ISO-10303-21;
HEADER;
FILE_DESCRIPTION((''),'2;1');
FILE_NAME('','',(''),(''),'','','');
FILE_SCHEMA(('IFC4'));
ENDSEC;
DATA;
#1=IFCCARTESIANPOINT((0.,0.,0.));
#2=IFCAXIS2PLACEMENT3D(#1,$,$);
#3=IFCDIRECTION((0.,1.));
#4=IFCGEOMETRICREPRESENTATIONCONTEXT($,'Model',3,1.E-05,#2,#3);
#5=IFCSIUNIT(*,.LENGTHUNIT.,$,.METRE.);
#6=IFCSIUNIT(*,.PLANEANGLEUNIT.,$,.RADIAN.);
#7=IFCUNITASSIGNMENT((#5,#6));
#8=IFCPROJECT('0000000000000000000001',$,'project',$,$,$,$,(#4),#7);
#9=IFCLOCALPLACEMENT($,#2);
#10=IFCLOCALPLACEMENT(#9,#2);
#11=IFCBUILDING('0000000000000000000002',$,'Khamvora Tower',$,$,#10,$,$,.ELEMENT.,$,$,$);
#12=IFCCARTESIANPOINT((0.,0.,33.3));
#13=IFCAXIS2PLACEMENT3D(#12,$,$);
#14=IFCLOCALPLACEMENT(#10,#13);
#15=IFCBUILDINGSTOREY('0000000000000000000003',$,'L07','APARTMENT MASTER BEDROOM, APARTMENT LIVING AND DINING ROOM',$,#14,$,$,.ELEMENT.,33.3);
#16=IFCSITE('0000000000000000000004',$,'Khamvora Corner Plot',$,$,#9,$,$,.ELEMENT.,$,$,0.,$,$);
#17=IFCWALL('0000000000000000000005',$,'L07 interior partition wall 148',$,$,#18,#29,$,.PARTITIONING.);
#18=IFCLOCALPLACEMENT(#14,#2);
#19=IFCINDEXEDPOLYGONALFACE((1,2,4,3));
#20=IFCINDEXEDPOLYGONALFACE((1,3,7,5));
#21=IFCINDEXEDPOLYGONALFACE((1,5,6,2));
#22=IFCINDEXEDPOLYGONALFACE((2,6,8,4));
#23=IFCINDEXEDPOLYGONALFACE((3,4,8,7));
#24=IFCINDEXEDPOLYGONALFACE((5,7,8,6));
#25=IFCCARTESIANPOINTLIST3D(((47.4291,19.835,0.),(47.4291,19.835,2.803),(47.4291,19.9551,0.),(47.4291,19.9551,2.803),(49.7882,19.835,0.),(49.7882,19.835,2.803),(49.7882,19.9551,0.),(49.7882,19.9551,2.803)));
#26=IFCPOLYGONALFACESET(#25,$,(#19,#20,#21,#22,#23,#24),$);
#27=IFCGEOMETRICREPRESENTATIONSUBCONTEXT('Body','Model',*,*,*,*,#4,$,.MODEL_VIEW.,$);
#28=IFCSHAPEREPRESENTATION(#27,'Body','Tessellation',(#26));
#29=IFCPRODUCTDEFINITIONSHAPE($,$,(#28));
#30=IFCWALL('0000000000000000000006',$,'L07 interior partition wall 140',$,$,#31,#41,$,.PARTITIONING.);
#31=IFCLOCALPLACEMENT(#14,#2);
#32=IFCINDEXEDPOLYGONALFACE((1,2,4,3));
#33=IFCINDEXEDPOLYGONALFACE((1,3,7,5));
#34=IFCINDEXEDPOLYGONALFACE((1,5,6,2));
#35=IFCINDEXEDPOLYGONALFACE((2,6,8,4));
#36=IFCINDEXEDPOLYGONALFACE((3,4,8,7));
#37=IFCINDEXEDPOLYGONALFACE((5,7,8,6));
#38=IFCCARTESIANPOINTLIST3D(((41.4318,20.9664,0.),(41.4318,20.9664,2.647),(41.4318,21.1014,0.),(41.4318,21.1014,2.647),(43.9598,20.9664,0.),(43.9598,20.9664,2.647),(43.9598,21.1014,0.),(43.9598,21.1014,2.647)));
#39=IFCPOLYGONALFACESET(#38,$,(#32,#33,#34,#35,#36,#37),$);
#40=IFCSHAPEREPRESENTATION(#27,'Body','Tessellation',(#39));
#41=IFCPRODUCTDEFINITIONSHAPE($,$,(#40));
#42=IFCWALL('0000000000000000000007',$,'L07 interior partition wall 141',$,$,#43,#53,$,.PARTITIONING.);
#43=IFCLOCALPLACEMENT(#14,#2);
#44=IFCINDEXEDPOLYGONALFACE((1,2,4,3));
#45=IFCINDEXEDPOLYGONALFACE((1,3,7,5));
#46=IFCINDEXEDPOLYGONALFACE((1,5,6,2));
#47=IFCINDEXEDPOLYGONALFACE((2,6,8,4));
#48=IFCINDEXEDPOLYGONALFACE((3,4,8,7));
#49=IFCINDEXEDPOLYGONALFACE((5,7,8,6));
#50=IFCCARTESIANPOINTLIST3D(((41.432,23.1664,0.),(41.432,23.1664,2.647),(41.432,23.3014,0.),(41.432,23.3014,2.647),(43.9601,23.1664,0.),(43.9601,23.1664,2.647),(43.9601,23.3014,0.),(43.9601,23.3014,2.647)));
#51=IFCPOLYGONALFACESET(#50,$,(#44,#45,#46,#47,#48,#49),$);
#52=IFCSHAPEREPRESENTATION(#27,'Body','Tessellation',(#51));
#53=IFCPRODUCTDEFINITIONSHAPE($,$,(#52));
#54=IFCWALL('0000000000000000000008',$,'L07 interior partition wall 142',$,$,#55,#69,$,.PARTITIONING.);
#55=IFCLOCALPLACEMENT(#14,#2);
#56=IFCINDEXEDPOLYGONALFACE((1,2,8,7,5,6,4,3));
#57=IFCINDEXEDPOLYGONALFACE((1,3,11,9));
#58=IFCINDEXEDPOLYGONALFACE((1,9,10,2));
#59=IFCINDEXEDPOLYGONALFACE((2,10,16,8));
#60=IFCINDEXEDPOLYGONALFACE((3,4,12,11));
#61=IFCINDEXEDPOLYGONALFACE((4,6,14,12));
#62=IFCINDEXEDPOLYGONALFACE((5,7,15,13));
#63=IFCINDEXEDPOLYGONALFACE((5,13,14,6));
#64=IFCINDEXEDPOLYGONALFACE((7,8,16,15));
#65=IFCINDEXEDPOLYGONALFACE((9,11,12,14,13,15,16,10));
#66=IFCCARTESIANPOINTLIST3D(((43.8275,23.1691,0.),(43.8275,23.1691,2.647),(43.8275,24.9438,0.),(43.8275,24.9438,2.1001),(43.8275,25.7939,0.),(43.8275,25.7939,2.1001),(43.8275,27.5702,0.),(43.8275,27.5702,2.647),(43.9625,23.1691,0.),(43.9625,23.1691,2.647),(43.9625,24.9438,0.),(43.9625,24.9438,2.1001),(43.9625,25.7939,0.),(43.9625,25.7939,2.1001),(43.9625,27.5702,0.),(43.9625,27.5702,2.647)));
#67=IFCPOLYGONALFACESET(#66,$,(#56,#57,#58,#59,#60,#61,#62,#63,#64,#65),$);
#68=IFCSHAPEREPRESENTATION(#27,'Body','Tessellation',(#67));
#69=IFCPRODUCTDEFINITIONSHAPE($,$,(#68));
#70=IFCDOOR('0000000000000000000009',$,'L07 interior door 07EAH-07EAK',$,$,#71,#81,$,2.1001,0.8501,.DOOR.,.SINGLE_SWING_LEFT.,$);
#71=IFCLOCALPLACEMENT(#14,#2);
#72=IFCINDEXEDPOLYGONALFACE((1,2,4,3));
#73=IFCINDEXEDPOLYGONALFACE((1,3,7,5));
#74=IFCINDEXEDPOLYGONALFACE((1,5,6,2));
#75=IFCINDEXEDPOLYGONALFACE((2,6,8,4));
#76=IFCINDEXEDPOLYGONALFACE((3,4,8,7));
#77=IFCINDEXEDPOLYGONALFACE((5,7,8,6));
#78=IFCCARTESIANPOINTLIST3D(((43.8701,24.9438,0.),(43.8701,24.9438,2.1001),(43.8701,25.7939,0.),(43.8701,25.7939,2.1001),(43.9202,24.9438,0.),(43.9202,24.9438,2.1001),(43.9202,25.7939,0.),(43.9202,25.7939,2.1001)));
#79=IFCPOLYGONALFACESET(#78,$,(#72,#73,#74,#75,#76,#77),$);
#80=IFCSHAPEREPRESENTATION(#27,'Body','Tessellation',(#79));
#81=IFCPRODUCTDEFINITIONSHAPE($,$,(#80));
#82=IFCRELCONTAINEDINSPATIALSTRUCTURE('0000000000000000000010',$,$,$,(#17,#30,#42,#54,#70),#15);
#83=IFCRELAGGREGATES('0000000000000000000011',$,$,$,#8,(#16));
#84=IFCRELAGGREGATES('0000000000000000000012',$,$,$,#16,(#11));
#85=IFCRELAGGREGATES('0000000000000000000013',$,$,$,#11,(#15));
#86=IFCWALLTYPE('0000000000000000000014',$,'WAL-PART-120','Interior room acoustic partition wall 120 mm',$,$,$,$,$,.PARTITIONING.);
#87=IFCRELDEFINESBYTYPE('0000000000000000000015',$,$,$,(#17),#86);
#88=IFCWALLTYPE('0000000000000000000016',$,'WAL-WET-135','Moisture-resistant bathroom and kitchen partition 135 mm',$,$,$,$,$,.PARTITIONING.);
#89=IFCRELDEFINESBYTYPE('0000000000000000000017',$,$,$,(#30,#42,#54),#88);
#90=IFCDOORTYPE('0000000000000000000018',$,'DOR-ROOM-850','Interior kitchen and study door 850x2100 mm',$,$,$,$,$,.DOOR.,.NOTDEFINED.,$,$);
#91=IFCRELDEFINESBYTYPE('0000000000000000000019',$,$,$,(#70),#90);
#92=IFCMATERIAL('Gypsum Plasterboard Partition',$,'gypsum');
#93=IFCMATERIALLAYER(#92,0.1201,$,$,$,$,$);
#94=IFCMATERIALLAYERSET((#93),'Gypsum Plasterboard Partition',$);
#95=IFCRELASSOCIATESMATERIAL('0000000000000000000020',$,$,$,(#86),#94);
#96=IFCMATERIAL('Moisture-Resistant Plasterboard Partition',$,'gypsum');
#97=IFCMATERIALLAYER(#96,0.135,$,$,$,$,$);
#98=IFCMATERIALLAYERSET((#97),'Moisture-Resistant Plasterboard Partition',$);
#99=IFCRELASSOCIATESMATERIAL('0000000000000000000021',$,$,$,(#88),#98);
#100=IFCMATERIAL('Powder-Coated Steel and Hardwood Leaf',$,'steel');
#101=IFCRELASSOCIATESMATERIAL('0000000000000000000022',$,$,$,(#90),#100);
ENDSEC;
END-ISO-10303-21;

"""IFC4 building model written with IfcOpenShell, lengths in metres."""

from ifc_helpers import new_model, si_unit, direction, frame, frame_2d, origin, place, context, subcontext, project, spatial, rectangle, extrude, material, layer, layer_set, type_object, element, fill, save


model = new_model("IFC4")

# Units and contexts
model_context = context("Model", 3, precision=1e-05, world=origin(), true_north=direction((0.0, 1.0)))
body_context = subcontext(model_context, "Body", "Model", "MODEL_VIEW")
ifc_project = project(units=[si_unit("LENGTHUNIT", "METRE"), si_unit("PLANEANGLEUNIT", "RADIAN")], contexts=[model_context])

# Site, building, storey
site_placement = place(None, origin())
site = spatial("IfcSite", under=ifc_project, at=site_placement, Name="Khamvora Corner Plot", CompositionType="ELEMENT", RefElevation=0.0)
building_placement = place(site_placement, origin())
building = spatial("IfcBuilding", under=site, at=building_placement, Name="Khamvora Tower", CompositionType="ELEMENT")
storey_placement = place(building_placement, frame((0.0, 0.0, 33.3)))
storey = spatial("IfcBuildingStorey", under=building, at=storey_placement, Name="L07", Description="APARTMENT MASTER BEDROOM, APARTMENT LIVING AND DINING ROOM", CompositionType="ELEMENT", Elevation=33.3)

# Shared definitions
ifc_material_1 = material(Name="Gypsum Plasterboard Partition", Category="gypsum")
ifc_layer_1 = layer(ifc_material_1, 0.1201)
ifc_layer_set_1 = layer_set([ifc_layer_1], Name="Gypsum Plasterboard Partition")
wall_type_1 = type_object("IfcWallType", Name="WAL-PART-120", Description="Interior room acoustic partition wall 120 mm", PredefinedType="PARTITIONING", material=ifc_layer_set_1)
ifc_material_2 = material(Name="Powder-Coated Steel and Hardwood Leaf", Category="steel")

# Walls
wall_1_placement = place(storey_placement, frame((47.429, 19.895, 0.0), z_axis=(0.0, 0.0, 1.0), x_axis=(1.0, 0.0, 0.0)))
element("IfcWall", 1, at=wall_1_placement, inside=storey, type_object=wall_type_1, Name="L07 interior partition wall 148", PredefinedType="PARTITIONING", context=body_context, shape_type="SweptSolid", body=[
    extrude(rectangle(XDim=2.3591, YDim=0.1201, at=frame_2d((1.1797, 0.0))), origin(), (0.0, 0.0, 1.0), 2.803),
])
ifc_material_3 = material(Name="Moisture-Resistant Plasterboard Partition", Category="gypsum")
ifc_layer_2 = layer(ifc_material_3, 0.135)
ifc_layer_set_2 = layer_set([ifc_layer_2], Name="Moisture-Resistant Plasterboard Partition")
wall_type_2 = type_object("IfcWallType", Name="WAL-WET-135", Description="Moisture-resistant bathroom and kitchen partition 135 mm", PredefinedType="PARTITIONING", material=ifc_layer_set_2)
for number, where, z_axis, x_axis, name in (
    (2, (43.96, 21.0339, 0.0), (0.0, 0.0, 1.0), (-1.0, 0.0, 0.0), "L07 interior partition wall 140"),
    (3, (41.4319, 23.2339, 0.0), (0.0, 0.0, 1.0), (1.0, 0.0, 0.0), "L07 interior partition wall 141"),
):
    element("IfcWall", number, at=place(storey_placement, frame(where, z_axis=z_axis, x_axis=x_axis)), inside=storey, type_object=wall_type_2, Name=name, PredefinedType="PARTITIONING", context=body_context, shape_type="SweptSolid", body=[
        extrude(rectangle(XDim=2.5281, YDim=0.135, at=frame_2d((1.2642, 0.0))), origin(), (0.0, 0.0, 1.0), 2.647),
    ])

# Wall, opening, door
wall_2_placement = place(storey_placement, frame((43.895, 23.1689, 0.0), z_axis=(0.0, 0.0, 1.0), x_axis=(0.0, 1.0, 0.0)))
wall_2 = element("IfcWall", 4, at=wall_2_placement, inside=storey, type_object=wall_type_2, Name="L07 interior partition wall 142", PredefinedType="PARTITIONING", context=body_context, shape_type="SweptSolid", body=[
    extrude(rectangle(XDim=4.4011, YDim=0.135, at=frame_2d((2.2007, 0.0))), origin(), (0.0, 0.0, 1.0), 2.647),
])
opening_1_placement = place(wall_2_placement, frame((1.7749, 0.0, 0.0)))
opening_1 = element("IfcOpeningElement", 5, at=opening_1_placement, cuts=wall_2, PredefinedType="OPENING", context=body_context, shape_type="SweptSolid", body=[
    extrude(rectangle(XDim=0.8501, YDim=2.1001, at=frame_2d((0.425, 1.05))), frame((0.0, 0.0774, 0.0), z_axis=(0.0, -1.0, 0.0), x_axis=(1.0, 0.0, 0.0)), (0.0, 0.0, 1.0), 0.155),
])
door_type_1 = type_object("IfcDoorType", Name="DOR-ROOM-850", Description="Interior kitchen and study door 850x2100 mm", OperationType="NOTDEFINED", PredefinedType="DOOR", material=ifc_material_2)
door_1_placement = place(opening_1_placement, origin())
door_1 = element("IfcDoor", 6, at=door_1_placement, inside=storey, type_object=door_type_1, Name="L07 interior door 07EAH-07EAK", OperationType="SINGLE_SWING_LEFT", OverallHeight=2.1001, OverallWidth=0.8501, PredefinedType="DOOR", context=body_context, shape_type="SweptSolid", body=[
    extrude(rectangle(XDim=0.8501, YDim=2.1001, at=frame_2d((0.425, 1.05))), frame((0.0, 0.0249, 0.0), z_axis=(0.0, -1.0, 0.0), x_axis=(1.0, 0.0, 0.0)), (0.0, 0.0, 1.0), 0.05),
])
fill(opening_1, door_1)

save(model, "model.ifc")
